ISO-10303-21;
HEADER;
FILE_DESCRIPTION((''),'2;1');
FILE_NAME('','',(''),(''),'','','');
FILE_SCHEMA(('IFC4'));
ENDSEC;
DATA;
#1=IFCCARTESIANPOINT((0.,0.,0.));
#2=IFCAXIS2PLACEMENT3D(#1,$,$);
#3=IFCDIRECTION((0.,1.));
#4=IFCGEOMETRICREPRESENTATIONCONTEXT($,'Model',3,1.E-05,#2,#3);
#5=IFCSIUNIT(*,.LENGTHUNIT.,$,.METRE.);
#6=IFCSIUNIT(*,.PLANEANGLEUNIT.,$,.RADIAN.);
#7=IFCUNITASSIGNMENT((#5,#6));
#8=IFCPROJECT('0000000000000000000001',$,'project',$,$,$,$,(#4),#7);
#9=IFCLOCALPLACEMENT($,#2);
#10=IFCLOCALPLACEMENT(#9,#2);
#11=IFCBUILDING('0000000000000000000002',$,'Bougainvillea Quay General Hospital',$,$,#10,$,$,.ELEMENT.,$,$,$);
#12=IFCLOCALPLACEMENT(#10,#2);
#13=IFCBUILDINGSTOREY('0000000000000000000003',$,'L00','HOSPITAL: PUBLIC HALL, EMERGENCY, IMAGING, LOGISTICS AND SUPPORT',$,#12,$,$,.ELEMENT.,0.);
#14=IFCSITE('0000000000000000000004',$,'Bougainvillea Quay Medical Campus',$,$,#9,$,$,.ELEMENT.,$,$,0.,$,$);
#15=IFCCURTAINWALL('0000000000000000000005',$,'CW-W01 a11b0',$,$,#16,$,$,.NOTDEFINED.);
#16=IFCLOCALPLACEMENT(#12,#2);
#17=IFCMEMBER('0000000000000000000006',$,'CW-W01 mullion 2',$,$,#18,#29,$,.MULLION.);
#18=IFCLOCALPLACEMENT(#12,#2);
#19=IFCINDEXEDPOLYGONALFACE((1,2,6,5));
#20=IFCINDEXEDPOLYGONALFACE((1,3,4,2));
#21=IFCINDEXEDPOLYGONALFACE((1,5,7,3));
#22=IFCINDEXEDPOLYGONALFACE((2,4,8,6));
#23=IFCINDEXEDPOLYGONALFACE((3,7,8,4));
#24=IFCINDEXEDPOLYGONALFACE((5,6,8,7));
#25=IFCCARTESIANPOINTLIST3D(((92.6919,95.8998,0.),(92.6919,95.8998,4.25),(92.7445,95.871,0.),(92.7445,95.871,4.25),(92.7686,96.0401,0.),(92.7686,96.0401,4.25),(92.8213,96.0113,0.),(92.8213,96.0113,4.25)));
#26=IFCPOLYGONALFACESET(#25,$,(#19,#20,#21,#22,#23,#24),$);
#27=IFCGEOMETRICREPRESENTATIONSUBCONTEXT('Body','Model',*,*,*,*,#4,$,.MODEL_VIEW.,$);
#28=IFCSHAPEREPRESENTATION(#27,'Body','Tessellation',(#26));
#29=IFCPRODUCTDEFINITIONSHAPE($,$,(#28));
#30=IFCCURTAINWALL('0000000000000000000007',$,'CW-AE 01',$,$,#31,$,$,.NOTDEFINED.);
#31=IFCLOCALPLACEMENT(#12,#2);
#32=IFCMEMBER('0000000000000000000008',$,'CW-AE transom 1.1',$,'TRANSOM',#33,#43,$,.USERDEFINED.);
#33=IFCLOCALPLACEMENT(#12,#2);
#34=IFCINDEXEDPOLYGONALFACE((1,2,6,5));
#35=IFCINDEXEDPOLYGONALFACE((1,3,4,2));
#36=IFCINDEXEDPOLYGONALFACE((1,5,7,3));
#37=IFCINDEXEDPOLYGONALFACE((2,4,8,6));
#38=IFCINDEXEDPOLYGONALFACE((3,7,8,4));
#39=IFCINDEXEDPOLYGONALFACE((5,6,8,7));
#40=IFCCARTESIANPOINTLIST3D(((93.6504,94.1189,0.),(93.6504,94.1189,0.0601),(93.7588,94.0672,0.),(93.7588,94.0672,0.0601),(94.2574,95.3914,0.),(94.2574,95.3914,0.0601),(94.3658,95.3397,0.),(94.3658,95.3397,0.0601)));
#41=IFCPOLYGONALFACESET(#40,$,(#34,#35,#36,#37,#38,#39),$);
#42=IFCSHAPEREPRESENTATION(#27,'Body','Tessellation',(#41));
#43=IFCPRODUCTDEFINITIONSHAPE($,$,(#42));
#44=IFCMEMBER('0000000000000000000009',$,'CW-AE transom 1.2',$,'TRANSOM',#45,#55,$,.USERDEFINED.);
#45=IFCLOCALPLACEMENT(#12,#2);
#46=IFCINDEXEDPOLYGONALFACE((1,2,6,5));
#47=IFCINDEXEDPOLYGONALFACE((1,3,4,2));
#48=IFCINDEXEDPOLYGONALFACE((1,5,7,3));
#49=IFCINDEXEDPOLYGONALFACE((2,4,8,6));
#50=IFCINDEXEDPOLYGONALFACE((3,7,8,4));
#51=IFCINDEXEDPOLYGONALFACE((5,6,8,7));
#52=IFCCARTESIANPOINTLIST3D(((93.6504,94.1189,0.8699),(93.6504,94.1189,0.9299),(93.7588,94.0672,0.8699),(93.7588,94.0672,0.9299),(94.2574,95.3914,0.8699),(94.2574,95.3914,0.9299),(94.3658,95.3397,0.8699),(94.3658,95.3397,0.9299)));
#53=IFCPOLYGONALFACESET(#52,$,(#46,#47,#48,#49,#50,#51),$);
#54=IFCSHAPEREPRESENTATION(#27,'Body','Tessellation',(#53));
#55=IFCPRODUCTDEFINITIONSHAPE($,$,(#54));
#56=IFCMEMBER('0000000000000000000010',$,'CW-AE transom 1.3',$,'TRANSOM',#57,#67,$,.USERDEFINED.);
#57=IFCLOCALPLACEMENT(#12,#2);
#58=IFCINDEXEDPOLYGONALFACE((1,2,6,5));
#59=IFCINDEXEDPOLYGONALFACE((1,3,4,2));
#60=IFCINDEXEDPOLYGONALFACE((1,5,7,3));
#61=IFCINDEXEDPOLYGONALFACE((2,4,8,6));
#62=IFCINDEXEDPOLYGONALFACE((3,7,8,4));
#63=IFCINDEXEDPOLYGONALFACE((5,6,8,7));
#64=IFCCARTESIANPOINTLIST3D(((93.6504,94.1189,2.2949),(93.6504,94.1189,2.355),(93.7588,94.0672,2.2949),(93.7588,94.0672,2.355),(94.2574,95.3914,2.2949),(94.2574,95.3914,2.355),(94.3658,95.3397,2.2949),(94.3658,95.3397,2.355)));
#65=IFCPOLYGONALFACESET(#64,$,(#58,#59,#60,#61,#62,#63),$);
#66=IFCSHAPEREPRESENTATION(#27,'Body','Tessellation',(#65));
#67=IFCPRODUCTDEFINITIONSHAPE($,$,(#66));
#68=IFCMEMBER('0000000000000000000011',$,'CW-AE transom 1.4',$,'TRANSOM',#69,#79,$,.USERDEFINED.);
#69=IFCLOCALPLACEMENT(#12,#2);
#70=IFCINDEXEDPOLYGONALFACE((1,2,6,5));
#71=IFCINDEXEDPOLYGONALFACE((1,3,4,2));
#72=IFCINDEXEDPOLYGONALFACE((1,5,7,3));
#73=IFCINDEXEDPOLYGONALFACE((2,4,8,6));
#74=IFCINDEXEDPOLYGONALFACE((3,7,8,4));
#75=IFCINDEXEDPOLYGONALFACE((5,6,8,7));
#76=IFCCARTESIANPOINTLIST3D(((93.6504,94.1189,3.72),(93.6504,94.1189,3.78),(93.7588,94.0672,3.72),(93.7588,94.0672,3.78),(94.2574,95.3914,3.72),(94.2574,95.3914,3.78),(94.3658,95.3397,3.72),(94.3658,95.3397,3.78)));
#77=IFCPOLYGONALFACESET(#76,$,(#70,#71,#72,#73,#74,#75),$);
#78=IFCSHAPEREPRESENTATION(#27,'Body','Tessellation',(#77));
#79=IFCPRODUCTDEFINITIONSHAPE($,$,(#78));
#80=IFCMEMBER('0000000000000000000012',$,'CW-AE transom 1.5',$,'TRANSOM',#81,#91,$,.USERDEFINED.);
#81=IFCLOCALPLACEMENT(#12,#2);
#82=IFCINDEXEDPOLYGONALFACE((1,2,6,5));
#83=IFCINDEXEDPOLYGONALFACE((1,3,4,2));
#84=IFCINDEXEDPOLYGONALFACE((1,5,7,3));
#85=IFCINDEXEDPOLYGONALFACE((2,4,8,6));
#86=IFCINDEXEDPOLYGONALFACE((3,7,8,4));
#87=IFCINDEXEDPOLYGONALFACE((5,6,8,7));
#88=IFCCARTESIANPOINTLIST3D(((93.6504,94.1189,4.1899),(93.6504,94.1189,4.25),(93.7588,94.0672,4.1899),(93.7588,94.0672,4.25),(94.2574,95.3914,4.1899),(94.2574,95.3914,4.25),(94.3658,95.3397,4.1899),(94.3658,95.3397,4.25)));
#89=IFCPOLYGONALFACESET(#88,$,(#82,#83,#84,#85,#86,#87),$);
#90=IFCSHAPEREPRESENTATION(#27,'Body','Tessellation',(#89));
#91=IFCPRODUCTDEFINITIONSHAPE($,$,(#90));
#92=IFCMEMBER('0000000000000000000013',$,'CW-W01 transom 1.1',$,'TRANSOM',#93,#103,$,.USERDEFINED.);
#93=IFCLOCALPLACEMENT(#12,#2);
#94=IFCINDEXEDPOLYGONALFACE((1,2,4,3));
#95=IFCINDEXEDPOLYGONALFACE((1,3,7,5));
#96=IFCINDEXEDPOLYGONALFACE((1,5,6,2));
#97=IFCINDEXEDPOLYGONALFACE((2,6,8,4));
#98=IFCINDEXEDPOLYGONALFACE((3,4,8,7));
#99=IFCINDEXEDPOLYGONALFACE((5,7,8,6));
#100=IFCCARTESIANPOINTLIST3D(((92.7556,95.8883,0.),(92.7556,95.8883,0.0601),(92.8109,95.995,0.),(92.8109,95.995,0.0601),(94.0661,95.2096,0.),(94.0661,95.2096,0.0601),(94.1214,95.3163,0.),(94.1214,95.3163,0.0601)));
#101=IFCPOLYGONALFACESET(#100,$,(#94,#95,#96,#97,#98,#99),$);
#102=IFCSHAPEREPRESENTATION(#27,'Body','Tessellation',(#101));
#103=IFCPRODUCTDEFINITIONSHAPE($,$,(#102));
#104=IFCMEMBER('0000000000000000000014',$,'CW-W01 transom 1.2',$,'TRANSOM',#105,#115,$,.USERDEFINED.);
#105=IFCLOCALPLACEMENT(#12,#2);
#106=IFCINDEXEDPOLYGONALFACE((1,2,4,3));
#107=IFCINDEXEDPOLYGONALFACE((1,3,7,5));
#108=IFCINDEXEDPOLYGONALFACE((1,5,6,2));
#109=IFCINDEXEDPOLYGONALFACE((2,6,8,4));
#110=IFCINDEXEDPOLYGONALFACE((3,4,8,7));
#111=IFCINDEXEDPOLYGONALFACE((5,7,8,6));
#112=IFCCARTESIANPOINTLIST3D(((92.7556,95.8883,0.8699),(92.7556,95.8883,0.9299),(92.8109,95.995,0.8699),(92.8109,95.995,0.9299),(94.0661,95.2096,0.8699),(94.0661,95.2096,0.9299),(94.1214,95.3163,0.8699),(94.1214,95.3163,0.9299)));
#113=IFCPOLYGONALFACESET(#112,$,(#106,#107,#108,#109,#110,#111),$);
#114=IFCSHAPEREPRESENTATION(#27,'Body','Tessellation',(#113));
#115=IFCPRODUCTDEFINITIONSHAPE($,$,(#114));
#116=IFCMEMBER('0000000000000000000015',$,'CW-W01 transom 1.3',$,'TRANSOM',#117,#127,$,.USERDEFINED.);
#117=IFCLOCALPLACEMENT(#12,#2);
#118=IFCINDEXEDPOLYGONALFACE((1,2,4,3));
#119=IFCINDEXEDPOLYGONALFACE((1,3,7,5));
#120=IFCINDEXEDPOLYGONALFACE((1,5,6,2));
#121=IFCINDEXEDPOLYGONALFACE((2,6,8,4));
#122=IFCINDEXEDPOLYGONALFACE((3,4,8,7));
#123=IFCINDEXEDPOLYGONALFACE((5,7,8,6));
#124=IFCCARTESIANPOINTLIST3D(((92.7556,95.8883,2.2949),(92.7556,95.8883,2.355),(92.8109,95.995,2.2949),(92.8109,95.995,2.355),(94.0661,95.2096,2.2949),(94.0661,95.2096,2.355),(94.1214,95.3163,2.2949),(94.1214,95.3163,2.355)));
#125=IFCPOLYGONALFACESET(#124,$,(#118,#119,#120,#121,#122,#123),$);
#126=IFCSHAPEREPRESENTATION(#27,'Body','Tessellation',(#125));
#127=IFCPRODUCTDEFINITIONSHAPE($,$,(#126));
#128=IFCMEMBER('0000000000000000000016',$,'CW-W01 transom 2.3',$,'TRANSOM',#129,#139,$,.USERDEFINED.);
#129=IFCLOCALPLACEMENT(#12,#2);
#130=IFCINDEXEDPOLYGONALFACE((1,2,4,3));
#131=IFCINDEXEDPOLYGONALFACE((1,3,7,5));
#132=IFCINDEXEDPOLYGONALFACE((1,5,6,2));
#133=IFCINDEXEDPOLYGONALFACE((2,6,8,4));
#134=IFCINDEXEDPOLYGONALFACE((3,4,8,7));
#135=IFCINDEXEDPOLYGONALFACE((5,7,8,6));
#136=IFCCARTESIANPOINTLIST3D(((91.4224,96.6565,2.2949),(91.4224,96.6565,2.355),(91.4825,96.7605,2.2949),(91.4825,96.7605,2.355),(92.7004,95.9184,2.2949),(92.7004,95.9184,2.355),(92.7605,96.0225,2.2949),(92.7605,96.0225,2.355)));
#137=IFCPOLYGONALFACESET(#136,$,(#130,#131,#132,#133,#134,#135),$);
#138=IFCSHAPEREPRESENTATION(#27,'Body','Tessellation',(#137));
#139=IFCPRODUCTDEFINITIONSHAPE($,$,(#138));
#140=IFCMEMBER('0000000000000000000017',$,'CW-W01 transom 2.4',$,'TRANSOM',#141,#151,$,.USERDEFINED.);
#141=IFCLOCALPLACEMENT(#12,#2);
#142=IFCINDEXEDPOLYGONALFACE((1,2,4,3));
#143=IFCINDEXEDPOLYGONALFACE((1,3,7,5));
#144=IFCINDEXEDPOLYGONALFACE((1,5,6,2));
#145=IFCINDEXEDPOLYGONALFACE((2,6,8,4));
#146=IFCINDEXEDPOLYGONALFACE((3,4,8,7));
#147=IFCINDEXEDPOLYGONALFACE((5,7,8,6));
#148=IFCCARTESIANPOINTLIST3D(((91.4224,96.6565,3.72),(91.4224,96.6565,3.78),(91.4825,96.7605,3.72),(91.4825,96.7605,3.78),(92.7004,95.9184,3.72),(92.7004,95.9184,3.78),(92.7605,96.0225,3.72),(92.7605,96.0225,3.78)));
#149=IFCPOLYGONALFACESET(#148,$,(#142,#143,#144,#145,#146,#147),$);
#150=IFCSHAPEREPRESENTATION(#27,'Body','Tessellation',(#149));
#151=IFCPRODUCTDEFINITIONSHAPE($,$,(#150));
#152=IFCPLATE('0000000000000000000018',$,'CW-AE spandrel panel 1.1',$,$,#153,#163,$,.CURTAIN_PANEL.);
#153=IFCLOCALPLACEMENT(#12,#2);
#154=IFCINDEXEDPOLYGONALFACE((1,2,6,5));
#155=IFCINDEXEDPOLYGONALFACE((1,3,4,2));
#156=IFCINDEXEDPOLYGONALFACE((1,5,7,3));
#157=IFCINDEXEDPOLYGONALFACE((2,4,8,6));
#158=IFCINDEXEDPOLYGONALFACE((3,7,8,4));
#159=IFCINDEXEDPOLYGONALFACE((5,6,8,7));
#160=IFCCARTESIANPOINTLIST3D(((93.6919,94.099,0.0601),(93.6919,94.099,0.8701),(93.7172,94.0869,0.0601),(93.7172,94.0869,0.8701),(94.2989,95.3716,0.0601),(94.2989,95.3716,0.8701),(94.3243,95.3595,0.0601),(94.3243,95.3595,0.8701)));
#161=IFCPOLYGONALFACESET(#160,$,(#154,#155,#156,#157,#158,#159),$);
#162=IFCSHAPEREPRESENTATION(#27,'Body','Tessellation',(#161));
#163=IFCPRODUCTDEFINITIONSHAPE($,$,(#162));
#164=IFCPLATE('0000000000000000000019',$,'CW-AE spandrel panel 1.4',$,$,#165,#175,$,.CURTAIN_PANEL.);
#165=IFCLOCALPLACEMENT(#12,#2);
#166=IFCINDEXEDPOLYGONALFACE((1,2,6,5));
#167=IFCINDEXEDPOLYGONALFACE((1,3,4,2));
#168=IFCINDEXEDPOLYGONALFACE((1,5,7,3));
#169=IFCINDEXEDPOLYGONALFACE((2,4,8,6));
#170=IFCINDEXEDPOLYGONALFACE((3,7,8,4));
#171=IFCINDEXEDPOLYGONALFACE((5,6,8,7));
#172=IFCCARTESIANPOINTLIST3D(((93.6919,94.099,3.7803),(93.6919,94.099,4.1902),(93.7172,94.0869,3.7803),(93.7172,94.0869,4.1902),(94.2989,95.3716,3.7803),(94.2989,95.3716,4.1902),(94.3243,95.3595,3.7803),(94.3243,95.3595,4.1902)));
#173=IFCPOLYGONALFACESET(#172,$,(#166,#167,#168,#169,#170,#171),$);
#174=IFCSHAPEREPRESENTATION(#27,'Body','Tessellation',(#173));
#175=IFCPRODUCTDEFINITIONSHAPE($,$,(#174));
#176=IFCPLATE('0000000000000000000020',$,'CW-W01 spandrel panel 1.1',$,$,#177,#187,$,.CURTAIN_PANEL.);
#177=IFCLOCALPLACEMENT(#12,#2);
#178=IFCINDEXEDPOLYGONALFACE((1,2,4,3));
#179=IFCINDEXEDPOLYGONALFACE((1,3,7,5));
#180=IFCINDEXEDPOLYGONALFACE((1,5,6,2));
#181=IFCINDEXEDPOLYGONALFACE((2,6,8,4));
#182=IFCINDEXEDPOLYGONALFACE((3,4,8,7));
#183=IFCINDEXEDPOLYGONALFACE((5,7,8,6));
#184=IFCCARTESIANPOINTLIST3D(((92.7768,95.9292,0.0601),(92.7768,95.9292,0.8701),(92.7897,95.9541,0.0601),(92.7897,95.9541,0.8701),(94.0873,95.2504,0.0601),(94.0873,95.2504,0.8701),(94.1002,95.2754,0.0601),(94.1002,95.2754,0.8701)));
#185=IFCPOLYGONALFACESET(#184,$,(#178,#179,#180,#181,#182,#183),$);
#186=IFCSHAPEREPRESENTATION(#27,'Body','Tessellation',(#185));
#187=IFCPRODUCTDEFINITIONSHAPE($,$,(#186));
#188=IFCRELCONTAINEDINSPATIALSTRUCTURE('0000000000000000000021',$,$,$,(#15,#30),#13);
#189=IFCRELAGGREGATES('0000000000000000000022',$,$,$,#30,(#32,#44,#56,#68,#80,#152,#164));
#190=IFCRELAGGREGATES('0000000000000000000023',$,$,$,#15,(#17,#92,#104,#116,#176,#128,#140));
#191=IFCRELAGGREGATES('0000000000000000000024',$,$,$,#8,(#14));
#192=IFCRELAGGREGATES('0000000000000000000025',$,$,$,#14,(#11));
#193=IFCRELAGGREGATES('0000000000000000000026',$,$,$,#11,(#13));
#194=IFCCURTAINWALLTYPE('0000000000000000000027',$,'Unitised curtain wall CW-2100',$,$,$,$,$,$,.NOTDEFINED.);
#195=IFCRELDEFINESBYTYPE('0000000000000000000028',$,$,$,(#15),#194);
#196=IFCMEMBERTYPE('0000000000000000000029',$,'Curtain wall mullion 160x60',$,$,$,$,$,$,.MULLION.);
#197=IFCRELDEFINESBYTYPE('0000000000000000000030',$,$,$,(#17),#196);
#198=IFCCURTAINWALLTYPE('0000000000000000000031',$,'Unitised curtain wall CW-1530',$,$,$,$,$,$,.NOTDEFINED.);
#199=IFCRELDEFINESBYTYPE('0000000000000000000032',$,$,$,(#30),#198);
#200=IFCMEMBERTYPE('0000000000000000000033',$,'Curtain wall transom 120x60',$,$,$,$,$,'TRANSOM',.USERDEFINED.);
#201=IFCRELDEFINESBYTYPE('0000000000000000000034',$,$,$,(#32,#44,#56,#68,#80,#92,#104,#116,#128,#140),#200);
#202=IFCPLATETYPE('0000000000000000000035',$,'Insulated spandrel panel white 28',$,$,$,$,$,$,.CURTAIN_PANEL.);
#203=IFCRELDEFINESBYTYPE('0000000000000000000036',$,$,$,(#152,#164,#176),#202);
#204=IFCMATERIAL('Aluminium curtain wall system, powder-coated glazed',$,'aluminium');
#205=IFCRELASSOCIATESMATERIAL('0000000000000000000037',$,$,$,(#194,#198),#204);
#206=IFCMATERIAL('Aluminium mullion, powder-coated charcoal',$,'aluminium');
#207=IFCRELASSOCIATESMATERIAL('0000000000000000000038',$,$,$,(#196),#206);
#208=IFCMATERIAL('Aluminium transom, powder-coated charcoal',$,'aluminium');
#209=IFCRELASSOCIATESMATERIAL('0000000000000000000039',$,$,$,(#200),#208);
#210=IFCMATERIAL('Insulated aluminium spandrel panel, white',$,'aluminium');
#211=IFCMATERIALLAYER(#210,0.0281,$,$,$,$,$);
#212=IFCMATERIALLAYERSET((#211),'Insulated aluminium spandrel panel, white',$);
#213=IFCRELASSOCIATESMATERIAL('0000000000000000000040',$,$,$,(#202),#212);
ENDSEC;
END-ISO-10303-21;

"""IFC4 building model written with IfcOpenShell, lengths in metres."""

from ifc_helpers import new_model, si_unit, direction, frame, origin, origin_2d, place, context, subcontext, project, spatial, rectangle, extrude, material, layer, layer_set, material_profile, profile_set, type_object, element, aggregate, save


model = new_model("IFC4")

# Units and contexts
model_context = context("Model", 3, precision=1e-05, world=origin(), true_north=direction((0.0, 1.0)))
body_context = subcontext(model_context, "Body", "Model", "MODEL_VIEW")
ifc_project = project(units=[si_unit("LENGTHUNIT", "METRE"), si_unit("PLANEANGLEUNIT", "RADIAN")], contexts=[model_context])

# Site, building, storey
site_placement = place(None, origin())
site = spatial("IfcSite", under=ifc_project, at=site_placement, Name="Bougainvillea Quay Medical Campus", CompositionType="ELEMENT", RefElevation=0.0)
building_placement = place(site_placement, origin())
building = spatial("IfcBuilding", under=site, at=building_placement, Name="Bougainvillea Quay General Hospital", CompositionType="ELEMENT")
storey_placement = place(building_placement, origin())
storey = spatial("IfcBuildingStorey", under=building, at=storey_placement, Name="L00", Description="HOSPITAL: PUBLIC HALL, EMERGENCY, IMAGING, LOGISTICS AND SUPPORT", CompositionType="ELEMENT", Elevation=0.0)

# Curtain wall, member
ifc_material_1 = material(Name="Aluminium curtain wall system, powder-coated glazed", Category="aluminium")
curtain_wall_type_1 = type_object("IfcCurtainWallType", Name="Unitised curtain wall CW-2100", PredefinedType="NOTDEFINED", material=ifc_material_1)
curtain_wall_1_placement = place(storey_placement, origin())
curtain_wall_1 = element("IfcCurtainWall", 1, at=curtain_wall_1_placement, inside=storey, type_object=curtain_wall_type_1, Name="CW-W01 a11b0", PredefinedType="NOTDEFINED")
ifc_material_2 = material(Name="Aluminium mullion, powder-coated charcoal", Category="aluminium")
ifc_material_profile_1 = material_profile(ifc_material_2, rectangle(XDim=0.1599, YDim=0.0601, at=origin_2d()))
ifc_profile_set_1 = profile_set([ifc_material_profile_1], Name="Aluminium mullion, powder-coated charcoal")
member_type_1 = type_object("IfcMemberType", Name="Curtain wall mullion 160x60", PredefinedType="MULLION", material=ifc_profile_set_1)
member_1_placement = place(storey_placement, frame((92.7566, 95.9556, 0.0), z_axis=(0.0, 0.0, 1.0), x_axis=(-0.480103, -0.877212, 0.0)))
member_1 = element("IfcMember", 2, at=member_1_placement, type_object=member_type_1, Name="CW-W01 mullion 2", PredefinedType="MULLION", context=body_context, shape_type="SweptSolid", body=[
    extrude(rectangle(XDim=0.1599, YDim=0.0601, at=origin_2d()), origin(), (0.0, 0.0, 1.0), 4.25),
])

# Curtain wall, members
curtain_wall_type_2 = type_object("IfcCurtainWallType", Name="Unitised curtain wall CW-1530", PredefinedType="NOTDEFINED", material=ifc_material_1)
curtain_wall_2_placement = place(storey_placement, origin())
curtain_wall_2 = element("IfcCurtainWall", 3, at=curtain_wall_2_placement, inside=storey, type_object=curtain_wall_type_2, Name="CW-AE 01", PredefinedType="NOTDEFINED")
ifc_material_3 = material(Name="Aluminium transom, powder-coated charcoal", Category="aluminium")
ifc_material_profile_2 = material_profile(ifc_material_3, rectangle(XDim=0.1201, YDim=0.0601, at=origin_2d()))
ifc_profile_set_2 = profile_set([ifc_material_profile_2], Name="Aluminium transom, powder-coated charcoal")
member_type_2 = type_object("IfcMemberType", Name="Curtain wall transom 120x60", ElementType="TRANSOM", PredefinedType="USERDEFINED", material=ifc_profile_set_2)
member_2_placement = place(storey_placement, frame((93.7046, 94.093, 0.03), z_axis=(0.430512, 0.902585, 0.0), x_axis=(-0.902585, 0.430512, 0.0)))
member_2 = element("IfcMember", 4, at=member_2_placement, type_object=member_type_2, Name="CW-AE transom 1.1", ObjectType="TRANSOM", PredefinedType="USERDEFINED", context=body_context, shape_type="SweptSolid", body=[
    extrude(rectangle(XDim=0.1201, YDim=0.0601, at=origin_2d()), origin(), (0.0, 0.0, 1.0), 1.4099),
])
member_3_placement = place(storey_placement, frame((93.7046, 94.093, 0.8999), z_axis=(0.430512, 0.902585, 0.0), x_axis=(-0.902585, 0.430512, 0.0)))
member_3 = element("IfcMember", 5, at=member_3_placement, type_object=member_type_2, Name="CW-AE transom 1.2", ObjectType="TRANSOM", PredefinedType="USERDEFINED", context=body_context, shape_type="SweptSolid", body=[
    extrude(rectangle(XDim=0.1201, YDim=0.0601, at=origin_2d()), origin(), (0.0, 0.0, 1.0), 1.4099),
])
member_4_placement = place(storey_placement, frame((93.7046, 94.093, 2.325), z_axis=(0.430512, 0.902585, 0.0), x_axis=(-0.902585, 0.430512, 0.0)))
member_4 = element("IfcMember", 6, at=member_4_placement, type_object=member_type_2, Name="CW-AE transom 1.3", ObjectType="TRANSOM", PredefinedType="USERDEFINED", context=body_context, shape_type="SweptSolid", body=[
    extrude(rectangle(XDim=0.1201, YDim=0.0601, at=origin_2d()), origin(), (0.0, 0.0, 1.0), 1.4099),
])
member_5_placement = place(storey_placement, frame((93.7046, 94.093, 3.75), z_axis=(0.430512, 0.902585, 0.0), x_axis=(-0.902585, 0.430512, 0.0)))
member_5 = element("IfcMember", 7, at=member_5_placement, type_object=member_type_2, Name="CW-AE transom 1.4", ObjectType="TRANSOM", PredefinedType="USERDEFINED", context=body_context, shape_type="SweptSolid", body=[
    extrude(rectangle(XDim=0.1201, YDim=0.0601, at=origin_2d()), origin(), (0.0, 0.0, 1.0), 1.4099),
])
member_6_placement = place(storey_placement, frame((93.7046, 94.093, 4.22), z_axis=(0.430512, 0.902585, 0.0), x_axis=(-0.902585, 0.430512, 0.0)))
member_6 = element("IfcMember", 8, at=member_6_placement, type_object=member_type_2, Name="CW-AE transom 1.5", ObjectType="TRANSOM", PredefinedType="USERDEFINED", context=body_context, shape_type="SweptSolid", body=[
    extrude(rectangle(XDim=0.1201, YDim=0.0601, at=origin_2d()), origin(), (0.0, 0.0, 1.0), 1.4099),
])

# Members
member_7_placement = place(storey_placement, frame((94.0938, 95.2629, 0.03), z_axis=(-0.887985, 0.459873, 0.0), x_axis=(-0.459873, -0.887985, 0.0)))
member_7 = element("IfcMember", 9, at=member_7_placement, type_object=member_type_2, Name="CW-W01 transom 1.1", ObjectType="TRANSOM", PredefinedType="USERDEFINED", context=body_context, shape_type="SweptSolid", body=[
    extrude(rectangle(XDim=0.1201, YDim=0.0601, at=origin_2d()), origin(), (0.0, 0.0, 1.0), 1.4758),
])
member_8_placement = place(storey_placement, frame((94.0938, 95.2629, 0.8999), z_axis=(-0.887985, 0.459873, 0.0), x_axis=(-0.459873, -0.887985, 0.0)))
member_8 = element("IfcMember", 10, at=member_8_placement, type_object=member_type_2, Name="CW-W01 transom 1.2", ObjectType="TRANSOM", PredefinedType="USERDEFINED", context=body_context, shape_type="SweptSolid", body=[
    extrude(rectangle(XDim=0.1201, YDim=0.0601, at=origin_2d()), origin(), (0.0, 0.0, 1.0), 1.4758),
])
member_9_placement = place(storey_placement, frame((94.0938, 95.2629, 2.325), z_axis=(-0.887985, 0.459873, 0.0), x_axis=(-0.459873, -0.887985, 0.0)))
member_9 = element("IfcMember", 11, at=member_9_placement, type_object=member_type_2, Name="CW-W01 transom 1.3", ObjectType="TRANSOM", PredefinedType="USERDEFINED", context=body_context, shape_type="SweptSolid", body=[
    extrude(rectangle(XDim=0.1201, YDim=0.0601, at=origin_2d()), origin(), (0.0, 0.0, 1.0), 1.4758),
])
member_10_placement = place(storey_placement, frame((92.7305, 95.9705, 2.325), z_axis=(-0.865984, 0.500071, 0.0), x_axis=(-0.500071, -0.865984, 0.0)))
member_10 = element("IfcMember", 12, at=member_10_placement, type_object=member_type_2, Name="CW-W01 transom 2.3", ObjectType="TRANSOM", PredefinedType="USERDEFINED", context=body_context, shape_type="SweptSolid", body=[
    extrude(rectangle(XDim=0.1201, YDim=0.0601, at=origin_2d()), origin(), (0.0, 0.0, 1.0), 1.4758),
])
member_11_placement = place(storey_placement, frame((92.7305, 95.9705, 3.75), z_axis=(-0.865984, 0.500071, 0.0), x_axis=(-0.500071, -0.865984, 0.0)))
member_11 = element("IfcMember", 13, at=member_11_placement, type_object=member_type_2, Name="CW-W01 transom 2.4", ObjectType="TRANSOM", PredefinedType="USERDEFINED", context=body_context, shape_type="SweptSolid", body=[
    extrude(rectangle(XDim=0.1201, YDim=0.0601, at=origin_2d()), origin(), (0.0, 0.0, 1.0), 1.4758),
])

# Plates
ifc_material_4 = material(Name="Insulated aluminium spandrel panel, white", Category="aluminium")
ifc_layer_1 = layer(ifc_material_4, 0.0281)
ifc_layer_set_1 = layer_set([ifc_layer_1], Name="Insulated aluminium spandrel panel, white")
plate_type_1 = type_object("IfcPlateType", Name="Insulated spandrel panel white 28", PredefinedType="CURTAIN_PANEL", material=ifc_layer_set_1)
plate_1_placement = place(storey_placement, frame((94.0081, 94.7292, 0.0601), z_axis=(0.0, 0.0, 1.0), x_axis=(0.430563, 0.902561, 0.0)))
plate_1 = element("IfcPlate", 14, at=plate_1_placement, type_object=plate_type_1, Name="CW-AE spandrel panel 1.1", PredefinedType="CURTAIN_PANEL", context=body_context, shape_type="SweptSolid", body=[
    extrude(rectangle(XDim=1.4099, YDim=0.0281, at=origin_2d()), origin(), (0.0, 0.0, 1.0), 0.8101),
])
plate_2_placement = place(storey_placement, frame((94.0081, 94.7292, 3.7803), z_axis=(0.0, 0.0, 1.0), x_axis=(0.430563, 0.902561, 0.0)))
plate_2 = element("IfcPlate", 15, at=plate_2_placement, type_object=plate_type_1, Name="CW-AE spandrel panel 1.4", PredefinedType="CURTAIN_PANEL", context=body_context, shape_type="SweptSolid", body=[
    extrude(rectangle(XDim=1.4099, YDim=0.0281, at=origin_2d()), origin(), (0.0, 0.0, 1.0), 0.4099),
])
plate_3_placement = place(storey_placement, frame((93.4385, 95.6023, 0.0601), z_axis=(0.0, 0.0, 1.0), x_axis=(-0.887958, 0.459924, 0.0)))
plate_3 = element("IfcPlate", 16, at=plate_3_placement, type_object=plate_type_1, Name="CW-W01 spandrel panel 1.1", PredefinedType="CURTAIN_PANEL", context=body_context, shape_type="SweptSolid", body=[
    extrude(rectangle(XDim=1.4758, YDim=0.0281, at=origin_2d()), origin(), (0.0, 0.0, 1.0), 0.8101),
])
aggregate(curtain_wall_2, [member_2, member_3, member_4, member_5, member_6, plate_1, plate_2])
aggregate(curtain_wall_1, [member_1, member_7, member_8, member_9, plate_3, member_10, member_11])

save(model, "model.ifc")
